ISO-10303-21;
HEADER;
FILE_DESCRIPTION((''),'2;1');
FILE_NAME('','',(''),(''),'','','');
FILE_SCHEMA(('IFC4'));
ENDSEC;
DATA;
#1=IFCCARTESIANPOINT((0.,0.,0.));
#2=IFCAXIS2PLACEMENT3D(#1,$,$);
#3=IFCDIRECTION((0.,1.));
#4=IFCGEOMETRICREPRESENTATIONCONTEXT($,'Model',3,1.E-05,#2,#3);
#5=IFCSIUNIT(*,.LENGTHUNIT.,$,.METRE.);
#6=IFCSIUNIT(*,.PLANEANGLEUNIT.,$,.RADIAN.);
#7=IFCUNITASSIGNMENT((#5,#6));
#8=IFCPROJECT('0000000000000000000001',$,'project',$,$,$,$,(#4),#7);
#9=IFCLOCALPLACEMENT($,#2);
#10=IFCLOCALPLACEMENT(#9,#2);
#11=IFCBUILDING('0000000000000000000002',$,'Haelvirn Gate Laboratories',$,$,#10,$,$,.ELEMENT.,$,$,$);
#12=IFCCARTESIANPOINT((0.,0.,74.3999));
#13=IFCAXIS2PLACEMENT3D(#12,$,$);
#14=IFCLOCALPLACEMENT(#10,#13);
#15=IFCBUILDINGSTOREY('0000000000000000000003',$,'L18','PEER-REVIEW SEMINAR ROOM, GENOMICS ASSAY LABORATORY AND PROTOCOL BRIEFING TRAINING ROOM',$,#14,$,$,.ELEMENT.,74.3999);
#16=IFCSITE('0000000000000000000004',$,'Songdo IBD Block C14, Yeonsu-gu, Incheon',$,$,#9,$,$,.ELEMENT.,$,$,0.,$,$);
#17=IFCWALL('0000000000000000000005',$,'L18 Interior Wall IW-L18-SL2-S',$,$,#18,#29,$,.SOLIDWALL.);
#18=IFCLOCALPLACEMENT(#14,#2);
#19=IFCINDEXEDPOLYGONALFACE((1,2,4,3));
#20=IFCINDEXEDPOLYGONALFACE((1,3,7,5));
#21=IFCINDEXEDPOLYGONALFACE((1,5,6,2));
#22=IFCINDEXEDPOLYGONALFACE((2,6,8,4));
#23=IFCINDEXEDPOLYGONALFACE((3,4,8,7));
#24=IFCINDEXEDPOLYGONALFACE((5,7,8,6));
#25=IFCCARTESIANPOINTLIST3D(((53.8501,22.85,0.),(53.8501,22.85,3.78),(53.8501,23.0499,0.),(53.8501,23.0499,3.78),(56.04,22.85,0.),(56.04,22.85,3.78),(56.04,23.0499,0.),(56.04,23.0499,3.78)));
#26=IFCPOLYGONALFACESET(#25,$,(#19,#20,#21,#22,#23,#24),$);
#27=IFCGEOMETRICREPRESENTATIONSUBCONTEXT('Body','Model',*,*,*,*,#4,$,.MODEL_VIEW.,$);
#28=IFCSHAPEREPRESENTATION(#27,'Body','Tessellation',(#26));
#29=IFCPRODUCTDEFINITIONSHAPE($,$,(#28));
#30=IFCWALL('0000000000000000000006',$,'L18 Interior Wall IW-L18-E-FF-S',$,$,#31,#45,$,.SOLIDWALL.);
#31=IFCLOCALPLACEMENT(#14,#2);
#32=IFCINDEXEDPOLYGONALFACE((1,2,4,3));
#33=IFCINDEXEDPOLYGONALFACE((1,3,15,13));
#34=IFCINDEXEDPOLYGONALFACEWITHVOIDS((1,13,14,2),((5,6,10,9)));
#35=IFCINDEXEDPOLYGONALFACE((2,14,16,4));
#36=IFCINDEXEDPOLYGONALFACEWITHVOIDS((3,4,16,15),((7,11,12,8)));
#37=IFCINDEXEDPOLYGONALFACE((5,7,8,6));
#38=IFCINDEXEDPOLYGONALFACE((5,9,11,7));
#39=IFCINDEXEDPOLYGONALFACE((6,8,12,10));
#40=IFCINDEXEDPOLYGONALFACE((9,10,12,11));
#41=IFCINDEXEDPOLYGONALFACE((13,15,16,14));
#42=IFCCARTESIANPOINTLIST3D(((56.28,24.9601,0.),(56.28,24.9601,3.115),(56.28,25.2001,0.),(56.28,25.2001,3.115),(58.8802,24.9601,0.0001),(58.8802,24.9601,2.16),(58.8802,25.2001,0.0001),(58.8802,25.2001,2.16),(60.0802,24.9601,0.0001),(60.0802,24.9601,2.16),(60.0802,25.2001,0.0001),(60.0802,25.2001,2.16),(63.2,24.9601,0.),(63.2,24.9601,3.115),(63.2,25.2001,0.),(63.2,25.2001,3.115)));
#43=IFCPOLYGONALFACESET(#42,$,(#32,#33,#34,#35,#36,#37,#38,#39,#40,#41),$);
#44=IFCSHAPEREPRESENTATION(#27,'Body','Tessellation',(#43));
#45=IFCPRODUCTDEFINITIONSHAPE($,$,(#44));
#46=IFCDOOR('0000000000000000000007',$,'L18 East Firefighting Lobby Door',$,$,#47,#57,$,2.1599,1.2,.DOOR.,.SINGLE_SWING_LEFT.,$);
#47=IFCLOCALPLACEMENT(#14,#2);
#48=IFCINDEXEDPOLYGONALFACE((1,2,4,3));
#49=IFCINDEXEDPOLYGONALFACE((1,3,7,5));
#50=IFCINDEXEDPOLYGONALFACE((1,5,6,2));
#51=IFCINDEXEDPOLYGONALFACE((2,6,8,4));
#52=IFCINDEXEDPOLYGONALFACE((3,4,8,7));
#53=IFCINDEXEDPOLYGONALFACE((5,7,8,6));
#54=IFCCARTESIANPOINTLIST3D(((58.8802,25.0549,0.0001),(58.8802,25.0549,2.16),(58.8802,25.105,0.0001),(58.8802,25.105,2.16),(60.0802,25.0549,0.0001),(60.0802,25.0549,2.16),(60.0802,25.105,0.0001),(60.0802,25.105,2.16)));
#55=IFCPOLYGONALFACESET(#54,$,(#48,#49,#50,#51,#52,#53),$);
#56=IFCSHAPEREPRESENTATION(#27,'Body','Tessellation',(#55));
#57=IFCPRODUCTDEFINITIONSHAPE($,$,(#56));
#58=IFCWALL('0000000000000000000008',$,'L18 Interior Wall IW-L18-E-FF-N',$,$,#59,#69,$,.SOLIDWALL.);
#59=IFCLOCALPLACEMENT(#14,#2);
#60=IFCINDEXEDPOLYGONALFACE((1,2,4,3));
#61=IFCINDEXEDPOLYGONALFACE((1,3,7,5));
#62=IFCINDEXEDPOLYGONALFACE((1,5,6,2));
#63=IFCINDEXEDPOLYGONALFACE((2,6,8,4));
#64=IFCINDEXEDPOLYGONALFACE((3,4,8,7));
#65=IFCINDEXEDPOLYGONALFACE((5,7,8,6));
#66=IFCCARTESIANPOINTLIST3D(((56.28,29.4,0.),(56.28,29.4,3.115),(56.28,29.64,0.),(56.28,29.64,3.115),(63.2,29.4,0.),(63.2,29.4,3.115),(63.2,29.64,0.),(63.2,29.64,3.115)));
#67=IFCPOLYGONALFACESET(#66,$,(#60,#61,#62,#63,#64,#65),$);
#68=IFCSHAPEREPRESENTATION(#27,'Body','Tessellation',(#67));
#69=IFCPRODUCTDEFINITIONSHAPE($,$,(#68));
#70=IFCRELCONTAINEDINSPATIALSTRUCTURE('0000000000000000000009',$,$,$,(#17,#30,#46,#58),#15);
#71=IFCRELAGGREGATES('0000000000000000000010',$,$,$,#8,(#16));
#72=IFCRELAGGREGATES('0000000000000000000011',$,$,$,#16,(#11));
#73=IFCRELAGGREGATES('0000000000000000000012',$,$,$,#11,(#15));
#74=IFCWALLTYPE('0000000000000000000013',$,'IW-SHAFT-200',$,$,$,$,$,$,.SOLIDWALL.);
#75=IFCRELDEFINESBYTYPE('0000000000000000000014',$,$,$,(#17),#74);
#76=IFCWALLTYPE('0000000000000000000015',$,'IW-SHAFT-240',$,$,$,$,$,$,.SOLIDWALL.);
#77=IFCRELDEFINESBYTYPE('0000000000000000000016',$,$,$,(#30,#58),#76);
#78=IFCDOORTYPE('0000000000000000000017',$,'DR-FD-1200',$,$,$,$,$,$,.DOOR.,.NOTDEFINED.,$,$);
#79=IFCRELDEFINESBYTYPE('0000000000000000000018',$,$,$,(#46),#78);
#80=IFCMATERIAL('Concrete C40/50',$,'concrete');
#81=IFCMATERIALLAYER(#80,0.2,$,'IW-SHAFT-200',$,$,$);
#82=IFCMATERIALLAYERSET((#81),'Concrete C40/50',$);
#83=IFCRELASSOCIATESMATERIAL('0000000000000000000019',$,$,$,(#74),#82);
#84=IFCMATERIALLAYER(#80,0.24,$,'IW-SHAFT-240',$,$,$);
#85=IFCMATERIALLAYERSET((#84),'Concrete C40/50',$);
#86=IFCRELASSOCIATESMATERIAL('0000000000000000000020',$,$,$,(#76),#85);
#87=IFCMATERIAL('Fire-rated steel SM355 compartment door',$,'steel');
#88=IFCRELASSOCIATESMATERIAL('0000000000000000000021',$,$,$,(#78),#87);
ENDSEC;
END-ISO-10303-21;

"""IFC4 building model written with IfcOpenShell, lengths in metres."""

from ifc_helpers import new_model, si_unit, direction, frame, frame_2d, origin, place, context, subcontext, project, spatial, rectangle, extrude, source, transform, mapped, material, layer, layer_set, type_object, type_shapes, element, fill, save


model = new_model("IFC4")

# Units and contexts
model_context = context("Model", 3, precision=1e-05, world=origin(), true_north=direction((0.0, 1.0)))
body_context = subcontext(model_context, "Body", "Model", "MODEL_VIEW")
ifc_project = project(units=[si_unit("LENGTHUNIT", "METRE"), si_unit("PLANEANGLEUNIT", "RADIAN")], contexts=[model_context])

# Site, building, storey
site_placement = place(None, origin())
site = spatial("IfcSite", under=ifc_project, at=site_placement, Name="Songdo IBD Block C14, Yeonsu-gu, Incheon", CompositionType="ELEMENT", RefElevation=0.0)
building_placement = place(site_placement, origin())
building = spatial("IfcBuilding", under=site, at=building_placement, Name="Haelvirn Gate Laboratories", CompositionType="ELEMENT")
storey_placement = place(building_placement, frame((0.0, 0.0, 74.3999)))
storey = spatial("IfcBuildingStorey", under=building, at=storey_placement, Name="L18", Description="PEER-REVIEW SEMINAR ROOM, GENOMICS ASSAY LABORATORY AND PROTOCOL BRIEFING TRAINING ROOM", CompositionType="ELEMENT", Elevation=74.3999)

# Wall
ifc_material_1 = material(Name="Concrete C40/50", Category="concrete")
ifc_layer_1 = layer(ifc_material_1, 0.2, Name="IW-SHAFT-200")
ifc_layer_set_1 = layer_set([ifc_layer_1], Name="Concrete C40/50")
wall_type_1 = type_object("IfcWallType", Name="IW-SHAFT-200", PredefinedType="SOLIDWALL", material=ifc_layer_set_1)
for number, where, z_axis, x_axis, name in (
    (1, (53.8501, 22.95, 0.0), (0.0, 0.0, 1.0), (1.0, 0.0, 0.0), "L18 Interior Wall IW-L18-SL2-S"),
):
    element("IfcWall", number, at=place(storey_placement, frame(where, z_axis=z_axis, x_axis=x_axis)), inside=storey, type_object=wall_type_1, Name=name, PredefinedType="SOLIDWALL", context=body_context, shape_type="SweptSolid", body=[
        extrude(rectangle(XDim=2.1899, YDim=0.2, at=frame_2d((1.095, 0.0))), origin(), (0.0, 0.0, 1.0), 3.78),
    ])

# Wall, opening, door
ifc_layer_2 = layer(ifc_material_1, 0.24, Name="IW-SHAFT-240")
ifc_layer_set_2 = layer_set([ifc_layer_2], Name="Concrete C40/50")
wall_type_2 = type_object("IfcWallType", Name="IW-SHAFT-240", PredefinedType="SOLIDWALL", material=ifc_layer_set_2)
wall_1_placement = place(storey_placement, frame((56.28, 25.0801, 0.0), z_axis=(0.0, 0.0, 1.0), x_axis=(1.0, 0.0, 0.0)))
wall_1 = element("IfcWall", 2, at=wall_1_placement, inside=storey, type_object=wall_type_2, Name="L18 Interior Wall IW-L18-E-FF-S", PredefinedType="SOLIDWALL", context=body_context, shape_type="SweptSolid", body=[
    extrude(rectangle(XDim=6.9199, YDim=0.24, at=frame_2d((3.46, 0.0))), origin(), (0.0, 0.0, 1.0), 3.115),
])
opening_1_placement = place(wall_1_placement, frame((2.6001, 0.0, 0.0)))
opening_1 = element("IfcOpeningElement", 3, at=opening_1_placement, cuts=wall_1, PredefinedType="OPENING", context=body_context, shape_type="SweptSolid", body=[
    extrude(rectangle(XDim=1.2, YDim=2.1599, at=frame_2d((0.6001, 1.0801))), frame((0.0, 0.1299, 0.0), z_axis=(0.0, -1.0, 0.0), x_axis=(1.0, 0.0, 0.0)), (0.0, 0.0, 1.0), 0.26),
])
ifc_material_2 = material(Name="Fire-rated steel SM355 compartment door", Category="steel")
door_type_1 = type_object("IfcDoorType", Name="DR-FD-1200", OperationType="NOTDEFINED", PredefinedType="DOOR", material=ifc_material_2)
shared_shape_1 = source(origin(), body_context, "Body", "SweptSolid", [
    extrude(rectangle(XDim=1.2, YDim=2.1599, at=frame_2d((0.6001, 1.0801))), frame((0.0, 0.0249, 0.0), z_axis=(0.0, -1.0, 0.0), x_axis=(1.0, 0.0, 0.0)), (0.0, 0.0, 1.0), 0.05),
])
type_shapes(door_type_1, [shared_shape_1])
door_1_placement = place(opening_1_placement, origin())
door_1 = element("IfcDoor", 4, at=door_1_placement, inside=storey, type_object=door_type_1, Name="L18 East Firefighting Lobby Door", OperationType="SINGLE_SWING_LEFT", OverallHeight=2.1599, OverallWidth=1.2, PredefinedType="DOOR", context=body_context, shape_type="MappedRepresentation", body=[
    mapped(shared_shape_1, transform((0.0, 0.0, 0.0), scale=1.0)),
])
fill(opening_1, door_1)

# Wall
wall_2_placement = place(storey_placement, frame((56.28, 29.52, 0.0), z_axis=(0.0, 0.0, 1.0), x_axis=(1.0, 0.0, 0.0)))
element("IfcWall", 5, at=wall_2_placement, inside=storey, type_object=wall_type_2, Name="L18 Interior Wall IW-L18-E-FF-N", PredefinedType="SOLIDWALL", context=body_context, shape_type="SweptSolid", body=[
    extrude(rectangle(XDim=6.9199, YDim=0.24, at=frame_2d((3.46, 0.0))), origin(), (0.0, 0.0, 1.0), 3.115),
])

save(model, "model.ifc")
